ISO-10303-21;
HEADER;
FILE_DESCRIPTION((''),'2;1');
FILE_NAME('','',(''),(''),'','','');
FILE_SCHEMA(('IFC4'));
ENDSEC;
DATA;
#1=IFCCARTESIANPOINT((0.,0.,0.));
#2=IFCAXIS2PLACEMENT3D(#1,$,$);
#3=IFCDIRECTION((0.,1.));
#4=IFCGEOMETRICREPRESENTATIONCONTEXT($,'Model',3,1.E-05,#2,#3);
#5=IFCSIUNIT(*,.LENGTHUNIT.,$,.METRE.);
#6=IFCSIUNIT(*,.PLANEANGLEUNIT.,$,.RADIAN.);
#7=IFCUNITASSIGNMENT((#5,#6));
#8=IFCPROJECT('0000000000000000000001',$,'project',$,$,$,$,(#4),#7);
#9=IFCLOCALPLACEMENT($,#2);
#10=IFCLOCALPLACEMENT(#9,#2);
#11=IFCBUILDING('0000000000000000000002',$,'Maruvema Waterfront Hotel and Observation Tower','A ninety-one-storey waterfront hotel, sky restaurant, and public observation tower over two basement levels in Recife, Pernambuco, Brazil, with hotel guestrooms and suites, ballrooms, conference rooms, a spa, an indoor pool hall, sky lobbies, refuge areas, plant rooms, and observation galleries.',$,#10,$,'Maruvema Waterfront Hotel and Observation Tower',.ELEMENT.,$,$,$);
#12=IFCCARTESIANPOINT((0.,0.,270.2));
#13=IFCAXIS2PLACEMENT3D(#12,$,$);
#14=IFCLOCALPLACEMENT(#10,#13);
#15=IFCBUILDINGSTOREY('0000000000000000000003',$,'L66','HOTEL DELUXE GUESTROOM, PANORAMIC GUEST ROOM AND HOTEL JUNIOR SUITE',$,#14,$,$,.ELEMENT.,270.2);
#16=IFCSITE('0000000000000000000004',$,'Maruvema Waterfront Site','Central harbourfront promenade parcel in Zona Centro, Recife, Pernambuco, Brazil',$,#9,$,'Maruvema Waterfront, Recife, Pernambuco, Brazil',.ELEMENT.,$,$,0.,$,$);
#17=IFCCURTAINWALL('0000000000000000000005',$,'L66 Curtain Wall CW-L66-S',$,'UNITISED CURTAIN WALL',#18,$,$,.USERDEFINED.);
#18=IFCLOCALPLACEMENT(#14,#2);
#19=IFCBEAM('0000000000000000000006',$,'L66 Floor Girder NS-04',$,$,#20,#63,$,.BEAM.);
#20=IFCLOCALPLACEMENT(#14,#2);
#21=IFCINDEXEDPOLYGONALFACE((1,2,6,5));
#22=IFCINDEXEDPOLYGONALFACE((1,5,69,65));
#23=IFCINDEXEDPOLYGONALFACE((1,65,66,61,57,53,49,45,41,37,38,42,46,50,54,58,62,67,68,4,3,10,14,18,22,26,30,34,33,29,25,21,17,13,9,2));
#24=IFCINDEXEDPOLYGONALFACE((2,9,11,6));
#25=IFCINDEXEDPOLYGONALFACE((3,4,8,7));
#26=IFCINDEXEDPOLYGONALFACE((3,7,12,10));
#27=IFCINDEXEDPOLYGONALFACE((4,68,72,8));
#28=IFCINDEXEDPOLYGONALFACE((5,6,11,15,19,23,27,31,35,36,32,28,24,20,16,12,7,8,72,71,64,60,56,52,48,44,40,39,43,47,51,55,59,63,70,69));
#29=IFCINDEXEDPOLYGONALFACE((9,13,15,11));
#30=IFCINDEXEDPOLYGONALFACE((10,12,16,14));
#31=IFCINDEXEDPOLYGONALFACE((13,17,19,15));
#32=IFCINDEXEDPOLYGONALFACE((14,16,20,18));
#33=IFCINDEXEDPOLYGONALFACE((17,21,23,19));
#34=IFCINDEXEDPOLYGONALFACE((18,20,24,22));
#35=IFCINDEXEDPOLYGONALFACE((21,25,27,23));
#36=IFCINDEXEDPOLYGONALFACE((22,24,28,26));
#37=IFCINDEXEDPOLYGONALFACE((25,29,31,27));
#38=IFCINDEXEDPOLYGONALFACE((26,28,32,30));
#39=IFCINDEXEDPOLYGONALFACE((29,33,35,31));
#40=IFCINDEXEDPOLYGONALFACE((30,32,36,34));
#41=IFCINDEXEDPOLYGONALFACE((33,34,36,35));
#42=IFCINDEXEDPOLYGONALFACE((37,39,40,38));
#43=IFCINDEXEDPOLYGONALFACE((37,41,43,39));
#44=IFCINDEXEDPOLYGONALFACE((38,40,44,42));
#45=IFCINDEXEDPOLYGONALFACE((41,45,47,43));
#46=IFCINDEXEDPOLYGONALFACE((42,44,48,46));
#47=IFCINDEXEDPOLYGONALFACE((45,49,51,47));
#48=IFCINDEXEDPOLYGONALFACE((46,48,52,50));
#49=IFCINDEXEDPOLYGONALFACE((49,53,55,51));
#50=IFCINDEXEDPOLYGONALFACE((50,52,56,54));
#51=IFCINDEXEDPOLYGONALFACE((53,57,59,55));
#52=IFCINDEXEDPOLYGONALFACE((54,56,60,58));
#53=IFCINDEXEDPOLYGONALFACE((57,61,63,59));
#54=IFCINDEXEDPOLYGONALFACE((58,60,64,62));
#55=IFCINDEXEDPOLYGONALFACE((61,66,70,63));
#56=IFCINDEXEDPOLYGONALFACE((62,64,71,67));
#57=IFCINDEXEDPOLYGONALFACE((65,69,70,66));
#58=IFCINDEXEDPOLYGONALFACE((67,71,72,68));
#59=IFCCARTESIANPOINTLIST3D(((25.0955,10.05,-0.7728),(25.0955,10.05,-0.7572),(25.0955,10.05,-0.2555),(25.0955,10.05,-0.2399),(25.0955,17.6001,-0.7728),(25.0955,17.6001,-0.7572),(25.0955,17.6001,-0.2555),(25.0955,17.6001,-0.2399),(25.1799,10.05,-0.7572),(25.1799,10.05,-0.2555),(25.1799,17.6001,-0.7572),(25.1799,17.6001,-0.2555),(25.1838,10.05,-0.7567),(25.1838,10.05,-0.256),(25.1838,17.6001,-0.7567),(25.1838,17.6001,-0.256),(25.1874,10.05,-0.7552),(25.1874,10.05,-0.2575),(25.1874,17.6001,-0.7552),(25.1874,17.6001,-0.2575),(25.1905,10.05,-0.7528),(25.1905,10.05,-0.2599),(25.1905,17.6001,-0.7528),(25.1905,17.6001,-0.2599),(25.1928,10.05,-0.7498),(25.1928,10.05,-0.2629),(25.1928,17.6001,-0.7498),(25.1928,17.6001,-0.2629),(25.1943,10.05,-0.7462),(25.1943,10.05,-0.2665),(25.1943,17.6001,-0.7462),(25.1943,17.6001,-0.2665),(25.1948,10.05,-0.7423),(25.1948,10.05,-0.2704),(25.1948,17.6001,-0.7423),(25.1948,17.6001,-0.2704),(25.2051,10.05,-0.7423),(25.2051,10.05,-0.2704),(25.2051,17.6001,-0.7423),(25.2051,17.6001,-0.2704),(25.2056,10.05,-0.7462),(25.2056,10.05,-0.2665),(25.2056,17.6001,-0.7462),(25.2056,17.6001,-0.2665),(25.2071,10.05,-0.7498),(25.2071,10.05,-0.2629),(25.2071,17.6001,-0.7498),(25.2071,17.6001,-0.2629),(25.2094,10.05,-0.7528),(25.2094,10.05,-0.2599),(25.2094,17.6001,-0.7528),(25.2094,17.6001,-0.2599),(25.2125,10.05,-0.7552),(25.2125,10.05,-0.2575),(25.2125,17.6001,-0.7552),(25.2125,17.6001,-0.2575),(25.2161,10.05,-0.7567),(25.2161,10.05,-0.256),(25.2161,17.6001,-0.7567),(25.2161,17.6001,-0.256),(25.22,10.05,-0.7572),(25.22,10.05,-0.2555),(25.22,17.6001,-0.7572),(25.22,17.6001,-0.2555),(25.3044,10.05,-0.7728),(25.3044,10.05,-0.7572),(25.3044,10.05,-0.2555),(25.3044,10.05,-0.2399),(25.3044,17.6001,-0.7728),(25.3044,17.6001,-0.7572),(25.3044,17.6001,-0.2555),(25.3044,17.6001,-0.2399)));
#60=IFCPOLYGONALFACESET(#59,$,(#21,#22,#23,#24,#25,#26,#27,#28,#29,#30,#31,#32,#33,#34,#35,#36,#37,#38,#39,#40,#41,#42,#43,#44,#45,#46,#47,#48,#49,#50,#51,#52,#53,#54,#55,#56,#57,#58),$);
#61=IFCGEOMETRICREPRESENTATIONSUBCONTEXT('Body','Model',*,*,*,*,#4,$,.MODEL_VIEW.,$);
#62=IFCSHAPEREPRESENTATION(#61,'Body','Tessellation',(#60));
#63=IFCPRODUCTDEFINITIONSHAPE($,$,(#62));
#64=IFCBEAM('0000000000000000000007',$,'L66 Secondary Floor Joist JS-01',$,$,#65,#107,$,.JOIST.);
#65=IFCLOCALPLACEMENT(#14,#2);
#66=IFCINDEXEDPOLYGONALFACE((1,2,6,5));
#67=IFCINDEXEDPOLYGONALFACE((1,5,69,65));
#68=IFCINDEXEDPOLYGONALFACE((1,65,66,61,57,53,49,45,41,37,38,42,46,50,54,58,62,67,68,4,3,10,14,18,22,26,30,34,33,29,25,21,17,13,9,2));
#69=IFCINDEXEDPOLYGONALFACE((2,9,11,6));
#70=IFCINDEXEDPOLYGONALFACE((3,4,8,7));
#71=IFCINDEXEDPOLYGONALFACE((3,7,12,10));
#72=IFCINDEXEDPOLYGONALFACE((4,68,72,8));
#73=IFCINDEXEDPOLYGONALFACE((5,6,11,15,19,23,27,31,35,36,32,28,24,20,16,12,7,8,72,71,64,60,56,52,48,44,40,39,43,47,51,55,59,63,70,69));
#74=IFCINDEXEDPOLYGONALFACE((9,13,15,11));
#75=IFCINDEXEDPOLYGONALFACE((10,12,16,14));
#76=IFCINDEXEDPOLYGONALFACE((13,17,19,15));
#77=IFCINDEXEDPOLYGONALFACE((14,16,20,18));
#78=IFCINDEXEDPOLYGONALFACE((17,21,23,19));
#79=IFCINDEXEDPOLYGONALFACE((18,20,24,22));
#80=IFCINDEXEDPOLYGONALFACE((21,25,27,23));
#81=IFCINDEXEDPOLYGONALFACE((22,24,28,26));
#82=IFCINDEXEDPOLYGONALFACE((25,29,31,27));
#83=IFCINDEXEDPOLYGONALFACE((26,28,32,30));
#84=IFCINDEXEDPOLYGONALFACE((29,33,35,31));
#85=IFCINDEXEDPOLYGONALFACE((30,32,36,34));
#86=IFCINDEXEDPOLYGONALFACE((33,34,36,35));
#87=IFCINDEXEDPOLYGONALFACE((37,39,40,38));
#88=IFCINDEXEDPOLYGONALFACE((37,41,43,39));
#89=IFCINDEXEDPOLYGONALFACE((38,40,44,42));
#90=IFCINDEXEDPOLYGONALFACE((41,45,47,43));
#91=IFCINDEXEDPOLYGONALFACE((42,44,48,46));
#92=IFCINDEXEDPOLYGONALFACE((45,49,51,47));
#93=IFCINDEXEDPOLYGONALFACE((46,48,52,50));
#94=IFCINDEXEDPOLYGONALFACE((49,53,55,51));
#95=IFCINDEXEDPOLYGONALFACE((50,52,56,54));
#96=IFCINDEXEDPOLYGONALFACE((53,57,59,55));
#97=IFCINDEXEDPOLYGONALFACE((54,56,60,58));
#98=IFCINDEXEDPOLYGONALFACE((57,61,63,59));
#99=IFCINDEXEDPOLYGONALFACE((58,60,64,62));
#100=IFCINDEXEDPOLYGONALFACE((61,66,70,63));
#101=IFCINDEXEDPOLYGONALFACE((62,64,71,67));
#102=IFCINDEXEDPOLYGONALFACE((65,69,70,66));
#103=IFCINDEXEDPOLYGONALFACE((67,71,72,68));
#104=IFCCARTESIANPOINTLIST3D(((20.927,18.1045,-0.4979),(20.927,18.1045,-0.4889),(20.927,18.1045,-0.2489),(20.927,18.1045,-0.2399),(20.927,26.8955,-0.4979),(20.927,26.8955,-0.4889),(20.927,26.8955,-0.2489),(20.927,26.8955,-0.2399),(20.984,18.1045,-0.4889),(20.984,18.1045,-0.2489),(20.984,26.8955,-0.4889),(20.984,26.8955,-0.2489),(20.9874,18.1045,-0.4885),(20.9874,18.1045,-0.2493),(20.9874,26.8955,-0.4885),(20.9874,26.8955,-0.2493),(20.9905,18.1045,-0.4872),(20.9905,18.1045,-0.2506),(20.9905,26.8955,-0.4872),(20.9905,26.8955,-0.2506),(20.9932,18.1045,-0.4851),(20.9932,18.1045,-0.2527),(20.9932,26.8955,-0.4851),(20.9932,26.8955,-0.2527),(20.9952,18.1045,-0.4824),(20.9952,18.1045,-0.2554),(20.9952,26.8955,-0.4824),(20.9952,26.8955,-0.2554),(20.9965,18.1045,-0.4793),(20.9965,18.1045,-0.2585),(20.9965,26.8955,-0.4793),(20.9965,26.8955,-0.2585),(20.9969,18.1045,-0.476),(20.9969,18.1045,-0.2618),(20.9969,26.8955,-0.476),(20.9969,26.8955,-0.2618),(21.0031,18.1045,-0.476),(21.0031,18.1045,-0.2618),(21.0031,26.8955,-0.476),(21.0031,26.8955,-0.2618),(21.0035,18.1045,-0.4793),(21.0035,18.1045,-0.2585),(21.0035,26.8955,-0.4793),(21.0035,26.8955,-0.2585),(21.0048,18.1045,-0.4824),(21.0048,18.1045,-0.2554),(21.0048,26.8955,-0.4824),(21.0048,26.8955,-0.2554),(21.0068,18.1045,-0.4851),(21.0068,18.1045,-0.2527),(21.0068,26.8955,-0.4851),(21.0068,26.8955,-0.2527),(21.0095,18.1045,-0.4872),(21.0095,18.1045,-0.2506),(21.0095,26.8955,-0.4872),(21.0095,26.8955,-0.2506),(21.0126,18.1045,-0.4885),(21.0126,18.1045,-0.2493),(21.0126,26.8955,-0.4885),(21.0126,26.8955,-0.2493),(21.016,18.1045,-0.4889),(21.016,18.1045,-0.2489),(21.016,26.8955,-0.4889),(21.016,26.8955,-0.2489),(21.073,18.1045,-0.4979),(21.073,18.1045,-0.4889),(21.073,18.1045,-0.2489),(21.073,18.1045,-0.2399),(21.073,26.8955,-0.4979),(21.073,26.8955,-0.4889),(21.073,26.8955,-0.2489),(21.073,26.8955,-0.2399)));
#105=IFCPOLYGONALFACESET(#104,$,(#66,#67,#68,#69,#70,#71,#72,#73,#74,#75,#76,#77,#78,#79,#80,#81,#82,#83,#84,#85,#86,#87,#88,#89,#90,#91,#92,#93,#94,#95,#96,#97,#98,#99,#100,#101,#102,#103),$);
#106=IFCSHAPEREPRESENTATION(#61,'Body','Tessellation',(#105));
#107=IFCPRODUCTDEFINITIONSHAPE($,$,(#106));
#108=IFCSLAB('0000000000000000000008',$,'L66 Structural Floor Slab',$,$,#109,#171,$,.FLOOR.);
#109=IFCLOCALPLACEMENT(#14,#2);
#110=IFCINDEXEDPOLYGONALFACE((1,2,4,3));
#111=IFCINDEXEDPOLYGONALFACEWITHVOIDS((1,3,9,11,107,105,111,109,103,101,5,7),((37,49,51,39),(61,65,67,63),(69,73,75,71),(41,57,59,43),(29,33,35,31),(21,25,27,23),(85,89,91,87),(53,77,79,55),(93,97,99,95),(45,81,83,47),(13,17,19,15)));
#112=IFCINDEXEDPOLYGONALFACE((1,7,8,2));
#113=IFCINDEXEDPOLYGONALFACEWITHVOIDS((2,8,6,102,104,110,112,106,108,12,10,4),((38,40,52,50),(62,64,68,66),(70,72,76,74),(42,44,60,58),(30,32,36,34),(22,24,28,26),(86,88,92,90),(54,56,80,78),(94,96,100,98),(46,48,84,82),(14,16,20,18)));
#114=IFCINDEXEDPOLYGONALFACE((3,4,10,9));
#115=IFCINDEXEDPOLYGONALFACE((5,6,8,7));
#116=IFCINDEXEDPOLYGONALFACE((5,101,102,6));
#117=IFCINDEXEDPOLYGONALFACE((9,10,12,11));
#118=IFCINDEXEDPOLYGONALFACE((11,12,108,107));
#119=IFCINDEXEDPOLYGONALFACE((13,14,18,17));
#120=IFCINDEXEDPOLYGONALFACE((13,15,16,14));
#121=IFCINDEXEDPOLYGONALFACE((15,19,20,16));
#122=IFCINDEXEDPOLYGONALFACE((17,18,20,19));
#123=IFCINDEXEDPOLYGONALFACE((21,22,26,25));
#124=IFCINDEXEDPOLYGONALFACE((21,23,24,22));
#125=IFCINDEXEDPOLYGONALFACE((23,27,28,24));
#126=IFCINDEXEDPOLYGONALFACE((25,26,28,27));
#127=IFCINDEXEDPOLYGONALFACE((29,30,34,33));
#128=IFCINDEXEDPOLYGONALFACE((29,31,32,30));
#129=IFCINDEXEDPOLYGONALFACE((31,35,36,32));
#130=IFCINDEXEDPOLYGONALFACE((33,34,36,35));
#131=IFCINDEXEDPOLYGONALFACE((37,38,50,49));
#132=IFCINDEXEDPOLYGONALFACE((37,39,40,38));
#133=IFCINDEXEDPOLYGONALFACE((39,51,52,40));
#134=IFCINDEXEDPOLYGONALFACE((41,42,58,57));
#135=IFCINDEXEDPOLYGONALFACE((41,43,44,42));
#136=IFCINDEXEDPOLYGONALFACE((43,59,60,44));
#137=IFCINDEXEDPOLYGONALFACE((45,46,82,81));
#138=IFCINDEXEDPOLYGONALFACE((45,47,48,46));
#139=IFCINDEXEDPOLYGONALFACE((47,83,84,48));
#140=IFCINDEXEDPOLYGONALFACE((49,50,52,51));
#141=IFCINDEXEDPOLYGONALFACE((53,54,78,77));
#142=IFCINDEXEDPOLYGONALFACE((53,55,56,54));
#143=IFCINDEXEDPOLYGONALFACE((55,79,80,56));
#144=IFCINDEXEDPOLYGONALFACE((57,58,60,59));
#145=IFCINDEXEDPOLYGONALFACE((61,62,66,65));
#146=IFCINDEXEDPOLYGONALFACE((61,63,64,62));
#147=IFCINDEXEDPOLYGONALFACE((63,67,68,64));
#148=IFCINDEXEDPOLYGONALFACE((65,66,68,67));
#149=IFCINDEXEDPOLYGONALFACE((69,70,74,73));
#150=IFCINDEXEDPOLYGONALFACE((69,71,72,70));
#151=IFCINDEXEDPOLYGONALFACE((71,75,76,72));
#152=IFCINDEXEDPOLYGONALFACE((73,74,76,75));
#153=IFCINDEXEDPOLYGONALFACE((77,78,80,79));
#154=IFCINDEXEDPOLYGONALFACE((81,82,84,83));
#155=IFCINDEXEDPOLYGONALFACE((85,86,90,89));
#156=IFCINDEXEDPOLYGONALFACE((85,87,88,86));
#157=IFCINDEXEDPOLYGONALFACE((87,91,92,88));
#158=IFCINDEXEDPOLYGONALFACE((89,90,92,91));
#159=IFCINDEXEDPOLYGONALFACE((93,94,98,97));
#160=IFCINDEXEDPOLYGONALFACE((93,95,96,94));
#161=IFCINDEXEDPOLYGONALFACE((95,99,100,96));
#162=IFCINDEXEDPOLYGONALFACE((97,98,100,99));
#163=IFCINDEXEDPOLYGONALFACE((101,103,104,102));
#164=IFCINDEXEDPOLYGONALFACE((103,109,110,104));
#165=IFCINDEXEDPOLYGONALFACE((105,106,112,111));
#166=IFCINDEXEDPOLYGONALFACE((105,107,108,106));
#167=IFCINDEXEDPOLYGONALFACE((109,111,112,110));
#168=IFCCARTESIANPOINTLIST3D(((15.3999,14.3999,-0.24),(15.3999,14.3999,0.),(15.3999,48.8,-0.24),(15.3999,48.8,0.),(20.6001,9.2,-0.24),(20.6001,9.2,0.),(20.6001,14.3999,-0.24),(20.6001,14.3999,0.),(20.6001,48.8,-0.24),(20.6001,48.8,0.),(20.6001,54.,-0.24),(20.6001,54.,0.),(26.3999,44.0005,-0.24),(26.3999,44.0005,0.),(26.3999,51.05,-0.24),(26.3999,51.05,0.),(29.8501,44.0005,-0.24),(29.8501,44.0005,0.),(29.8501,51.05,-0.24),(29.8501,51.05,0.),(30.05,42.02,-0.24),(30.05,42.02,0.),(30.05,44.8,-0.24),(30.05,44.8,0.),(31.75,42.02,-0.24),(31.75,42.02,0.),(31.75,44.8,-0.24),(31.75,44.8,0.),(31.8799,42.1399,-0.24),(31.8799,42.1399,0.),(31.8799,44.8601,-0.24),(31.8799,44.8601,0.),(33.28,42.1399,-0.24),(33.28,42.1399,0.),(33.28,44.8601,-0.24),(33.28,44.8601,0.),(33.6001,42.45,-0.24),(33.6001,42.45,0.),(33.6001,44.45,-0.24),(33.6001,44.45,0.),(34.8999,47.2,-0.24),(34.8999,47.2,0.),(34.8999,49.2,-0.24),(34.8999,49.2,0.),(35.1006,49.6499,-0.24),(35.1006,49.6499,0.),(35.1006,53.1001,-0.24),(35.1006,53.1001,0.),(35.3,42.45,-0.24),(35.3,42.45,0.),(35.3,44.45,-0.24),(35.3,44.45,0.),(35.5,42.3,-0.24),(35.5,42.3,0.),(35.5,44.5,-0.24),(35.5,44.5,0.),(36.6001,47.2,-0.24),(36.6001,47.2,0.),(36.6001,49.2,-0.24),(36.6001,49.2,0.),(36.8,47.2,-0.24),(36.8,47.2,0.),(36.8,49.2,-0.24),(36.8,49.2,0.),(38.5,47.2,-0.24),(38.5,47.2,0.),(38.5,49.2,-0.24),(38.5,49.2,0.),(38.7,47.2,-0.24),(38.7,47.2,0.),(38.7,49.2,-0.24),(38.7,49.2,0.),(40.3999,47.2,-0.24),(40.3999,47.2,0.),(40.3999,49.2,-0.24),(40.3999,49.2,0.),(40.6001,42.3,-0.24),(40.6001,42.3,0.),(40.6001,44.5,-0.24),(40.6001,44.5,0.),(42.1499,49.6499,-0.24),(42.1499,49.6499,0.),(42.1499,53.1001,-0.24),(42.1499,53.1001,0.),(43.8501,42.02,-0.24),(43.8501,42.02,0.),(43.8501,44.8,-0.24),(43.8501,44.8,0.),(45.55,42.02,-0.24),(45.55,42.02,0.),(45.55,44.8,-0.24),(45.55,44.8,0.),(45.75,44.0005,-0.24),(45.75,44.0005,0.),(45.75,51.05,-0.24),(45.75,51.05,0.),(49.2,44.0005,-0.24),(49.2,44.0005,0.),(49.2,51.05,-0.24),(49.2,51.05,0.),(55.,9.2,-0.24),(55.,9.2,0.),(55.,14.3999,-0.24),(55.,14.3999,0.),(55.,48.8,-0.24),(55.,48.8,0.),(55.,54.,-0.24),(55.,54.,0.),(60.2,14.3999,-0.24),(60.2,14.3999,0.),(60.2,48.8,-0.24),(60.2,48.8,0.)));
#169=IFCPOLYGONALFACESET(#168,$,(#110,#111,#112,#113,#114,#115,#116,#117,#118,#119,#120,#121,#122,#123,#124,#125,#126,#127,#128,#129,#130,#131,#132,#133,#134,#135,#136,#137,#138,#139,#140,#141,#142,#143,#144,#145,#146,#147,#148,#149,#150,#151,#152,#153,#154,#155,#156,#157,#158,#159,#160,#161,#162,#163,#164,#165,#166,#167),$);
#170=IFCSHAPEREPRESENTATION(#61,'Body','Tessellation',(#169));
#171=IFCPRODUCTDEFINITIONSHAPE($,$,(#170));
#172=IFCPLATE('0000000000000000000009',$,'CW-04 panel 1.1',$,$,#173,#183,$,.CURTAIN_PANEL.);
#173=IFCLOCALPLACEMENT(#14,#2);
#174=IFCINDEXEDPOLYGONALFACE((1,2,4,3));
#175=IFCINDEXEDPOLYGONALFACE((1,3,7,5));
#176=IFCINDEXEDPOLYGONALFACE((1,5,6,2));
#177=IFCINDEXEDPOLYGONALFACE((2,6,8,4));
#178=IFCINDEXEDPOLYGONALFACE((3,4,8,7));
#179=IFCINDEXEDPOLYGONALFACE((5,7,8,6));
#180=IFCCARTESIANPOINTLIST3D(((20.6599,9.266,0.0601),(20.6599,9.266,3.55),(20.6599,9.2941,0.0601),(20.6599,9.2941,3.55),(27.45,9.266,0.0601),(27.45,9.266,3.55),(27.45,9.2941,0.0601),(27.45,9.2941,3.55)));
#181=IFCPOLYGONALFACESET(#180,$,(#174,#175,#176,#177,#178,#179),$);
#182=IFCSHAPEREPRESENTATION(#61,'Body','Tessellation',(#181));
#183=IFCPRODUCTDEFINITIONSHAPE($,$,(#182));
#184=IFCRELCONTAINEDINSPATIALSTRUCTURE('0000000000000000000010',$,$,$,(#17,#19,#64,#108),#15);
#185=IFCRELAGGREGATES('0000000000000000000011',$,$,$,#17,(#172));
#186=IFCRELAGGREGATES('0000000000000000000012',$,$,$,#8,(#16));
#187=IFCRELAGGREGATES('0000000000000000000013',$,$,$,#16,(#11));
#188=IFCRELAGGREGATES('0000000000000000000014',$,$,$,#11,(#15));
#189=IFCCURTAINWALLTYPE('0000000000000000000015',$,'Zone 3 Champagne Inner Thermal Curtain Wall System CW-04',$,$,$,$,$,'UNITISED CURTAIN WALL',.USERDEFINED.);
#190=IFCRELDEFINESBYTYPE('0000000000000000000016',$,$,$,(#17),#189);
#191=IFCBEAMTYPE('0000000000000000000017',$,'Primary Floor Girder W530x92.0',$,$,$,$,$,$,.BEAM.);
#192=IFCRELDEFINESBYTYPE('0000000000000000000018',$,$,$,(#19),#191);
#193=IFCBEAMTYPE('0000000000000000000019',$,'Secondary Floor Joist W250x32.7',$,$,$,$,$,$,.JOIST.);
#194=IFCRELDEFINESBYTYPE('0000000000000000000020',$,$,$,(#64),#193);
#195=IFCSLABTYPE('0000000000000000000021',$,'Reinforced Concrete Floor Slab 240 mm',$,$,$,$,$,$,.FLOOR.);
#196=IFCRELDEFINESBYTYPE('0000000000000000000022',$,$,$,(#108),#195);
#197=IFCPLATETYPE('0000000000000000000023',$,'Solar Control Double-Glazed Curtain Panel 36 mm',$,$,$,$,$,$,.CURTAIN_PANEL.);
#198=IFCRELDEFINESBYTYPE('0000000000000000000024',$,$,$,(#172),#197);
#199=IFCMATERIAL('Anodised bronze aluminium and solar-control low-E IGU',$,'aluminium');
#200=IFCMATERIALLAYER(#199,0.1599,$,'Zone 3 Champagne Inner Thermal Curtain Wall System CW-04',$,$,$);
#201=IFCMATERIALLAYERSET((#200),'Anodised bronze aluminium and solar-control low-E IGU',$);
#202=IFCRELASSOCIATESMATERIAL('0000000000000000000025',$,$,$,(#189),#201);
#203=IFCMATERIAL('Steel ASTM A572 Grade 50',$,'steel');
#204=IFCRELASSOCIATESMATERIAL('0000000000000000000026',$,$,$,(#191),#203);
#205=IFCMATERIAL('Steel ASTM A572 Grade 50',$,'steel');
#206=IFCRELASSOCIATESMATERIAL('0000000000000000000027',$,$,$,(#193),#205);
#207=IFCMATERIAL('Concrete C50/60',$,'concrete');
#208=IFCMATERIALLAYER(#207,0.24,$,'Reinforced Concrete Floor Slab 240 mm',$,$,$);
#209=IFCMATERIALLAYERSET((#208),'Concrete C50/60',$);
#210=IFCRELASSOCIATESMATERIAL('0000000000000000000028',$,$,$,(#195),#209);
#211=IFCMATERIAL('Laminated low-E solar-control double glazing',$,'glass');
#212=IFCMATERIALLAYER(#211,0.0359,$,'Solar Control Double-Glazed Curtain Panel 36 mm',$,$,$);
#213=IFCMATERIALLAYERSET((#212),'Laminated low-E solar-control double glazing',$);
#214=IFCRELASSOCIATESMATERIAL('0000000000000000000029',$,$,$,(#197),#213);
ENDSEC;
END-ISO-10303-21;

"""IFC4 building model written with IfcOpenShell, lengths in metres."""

from ifc_helpers import new_model, si_unit, direction, frame, origin, origin_2d, place, context, subcontext, project, spatial, polyline, rectangle, i_section, outline, extrude, material, layer, layer_set, material_profile, profile_set, type_object, element, aggregate, save


model = new_model("IFC4")

# Units and contexts
model_context = context("Model", 3, precision=1e-05, world=origin(), true_north=direction((0.0, 1.0)))
body_context = subcontext(model_context, "Body", "Model", "MODEL_VIEW")
ifc_project = project(units=[si_unit("LENGTHUNIT", "METRE"), si_unit("PLANEANGLEUNIT", "RADIAN")], contexts=[model_context])

# Site, building, storey
site_placement = place(None, origin())
site = spatial("IfcSite", under=ifc_project, at=site_placement, Name="Maruvema Waterfront Site", Description="Central harbourfront promenade parcel in Zona Centro, Recife, Pernambuco, Brazil", LongName="Maruvema Waterfront, Recife, Pernambuco, Brazil", CompositionType="ELEMENT", RefElevation=0.0)
building_placement = place(site_placement, origin())
building = spatial("IfcBuilding", under=site, at=building_placement, Name="Maruvema Waterfront Hotel and Observation Tower", Description="A ninety-one-storey waterfront hotel, sky restaurant, and public observation tower over two basement levels in Recife, Pernambuco, Brazil, with hotel guestrooms and suites, ballrooms, conference rooms, a spa, an indoor pool hall, sky lobbies, refuge areas, plant rooms, and observation galleries.", LongName="Maruvema Waterfront Hotel and Observation Tower", CompositionType="ELEMENT")
storey_placement = place(building_placement, frame((0.0, 0.0, 270.2)))
storey = spatial("IfcBuildingStorey", under=building, at=storey_placement, Name="L66", Description="HOTEL DELUXE GUESTROOM, PANORAMIC GUEST ROOM AND HOTEL JUNIOR SUITE", CompositionType="ELEMENT", Elevation=270.2)

# Curtain wall
ifc_material_1 = material(Name="Anodised bronze aluminium and solar-control low-E IGU", Category="aluminium")
ifc_layer_1 = layer(ifc_material_1, 0.1599, Name="Zone 3 Champagne Inner Thermal Curtain Wall System CW-04")
ifc_layer_set_1 = layer_set([ifc_layer_1], Name="Anodised bronze aluminium and solar-control low-E IGU")
curtain_wall_type = type_object("IfcCurtainWallType", Name="Zone 3 Champagne Inner Thermal Curtain Wall System CW-04", ElementType="UNITISED CURTAIN WALL", PredefinedType="USERDEFINED", material=ifc_layer_set_1)
curtain_wall_1_placement = place(storey_placement, origin())
curtain_wall_1 = element("IfcCurtainWall", 1, at=curtain_wall_1_placement, inside=storey, type_object=curtain_wall_type, Name="L66 Curtain Wall CW-L66-S", ObjectType="UNITISED CURTAIN WALL", PredefinedType="USERDEFINED")

# Beams
ifc_material_2 = material(Name="Steel ASTM A572 Grade 50", Category="steel")
ifc_material_profile_1 = material_profile(ifc_material_2, i_section(OverallWidth=0.209, OverallDepth=0.533, WebThickness=0.0103, FlangeThickness=0.0156, FilletRadius=0.0149, at=origin_2d()), Name="W530x92.0")
ifc_profile_set_1 = profile_set([ifc_material_profile_1], Name="Steel ASTM A572 Grade 50")
beam_type_1 = type_object("IfcBeamType", Name="Primary Floor Girder W530x92.0", PredefinedType="BEAM", material=ifc_profile_set_1)
beam_1_placement = place(storey_placement, frame((25.2, 10.05, -0.5063), z_axis=(0.0, 1.0, 0.0), x_axis=(-1.0, 0.0, 0.0)))
element("IfcBeam", 2, at=beam_1_placement, inside=storey, type_object=beam_type_1, Name="L66 Floor Girder NS-04", PredefinedType="BEAM", context=body_context, shape_type="SweptSolid", body=[
    extrude(i_section(OverallWidth=0.209, OverallDepth=0.533, WebThickness=0.0103, FlangeThickness=0.0156, FilletRadius=0.0149, at=origin_2d()), origin(), (0.0, 0.0, 1.0), 7.55),
])
ifc_material_3 = material(Name="Steel ASTM A572 Grade 50", Category="steel")
ifc_material_profile_2 = material_profile(ifc_material_3, i_section(OverallWidth=0.146, OverallDepth=0.2581, WebThickness=0.0061, FlangeThickness=0.009, FilletRadius=0.0129, at=origin_2d()), Name="W250x32.7")
ifc_profile_set_2 = profile_set([ifc_material_profile_2], Name="Steel ASTM A572 Grade 50")
beam_type_2 = type_object("IfcBeamType", Name="Secondary Floor Joist W250x32.7", PredefinedType="JOIST", material=ifc_profile_set_2)
beam_2_placement = place(storey_placement, frame((21.0, 18.1045, -0.3689), z_axis=(0.0, 1.0, 0.0), x_axis=(-1.0, 0.0, 0.0)))
element("IfcBeam", 3, at=beam_2_placement, inside=storey, type_object=beam_type_2, Name="L66 Secondary Floor Joist JS-01", PredefinedType="JOIST", context=body_context, shape_type="SweptSolid", body=[
    extrude(i_section(OverallWidth=0.146, OverallDepth=0.2581, WebThickness=0.0061, FlangeThickness=0.009, FilletRadius=0.0129, at=origin_2d()), origin(), (0.0, 0.0, 1.0), 8.791),
])

# Slab
ifc_material_4 = material(Name="Concrete C50/60", Category="concrete")
ifc_layer_2 = layer(ifc_material_4, 0.24, Name="Reinforced Concrete Floor Slab 240 mm")
ifc_layer_set_2 = layer_set([ifc_layer_2], Name="Concrete C50/60")
slab_type_1 = type_object("IfcSlabType", Name="Reinforced Concrete Floor Slab 240 mm", PredefinedType="FLOOR", material=ifc_layer_set_2)
slab_1_placement = place(storey_placement, frame((0.0, 0.0, -0.24)))
element("IfcSlab", 4, at=slab_1_placement, inside=storey, type_object=slab_type_1, Name="L66 Structural Floor Slab", PredefinedType="FLOOR", context=body_context, shape_type="SweptSolid", body=[
    extrude(outline(polyline([(20.6001, 9.2), (55.0, 9.2), (55.0, 14.3999), (60.2, 14.3999), (60.2, 48.8), (55.0, 48.8), (55.0, 54.0), (20.6001, 54.0), (20.6001, 48.8), (15.3999, 48.8), (15.3999, 14.3999), (20.6001, 14.3999), (20.6001, 9.2)]), holes=[polyline([(26.3999, 44.0005), (26.3999, 51.05), (29.8501, 51.05), (29.8501, 44.0005), (26.3999, 44.0005)]), polyline([(30.05, 44.8), (31.75, 44.8), (31.75, 42.02), (30.05, 42.02), (30.05, 44.8)]), polyline([(31.8799, 42.1399), (31.8799, 44.8601), (33.28, 44.8601), (33.28, 42.1399), (31.8799, 42.1399)]), polyline([(33.6001, 44.45), (35.3, 44.45), (35.3, 42.45), (33.6001, 42.45), (33.6001, 44.45)]), polyline([(34.8999, 49.2), (36.6001, 49.2), (36.6001, 47.2), (34.8999, 47.2), (34.8999, 49.2)]), polyline([(36.8, 47.2), (36.8, 49.2), (38.5, 49.2), (38.5, 47.2), (36.8, 47.2)]), polyline([(35.5, 42.3), (35.5, 44.5), (40.6001, 44.5), (40.6001, 42.3), (35.5, 42.3)]), polyline([(35.1006, 53.1001), (42.1499, 53.1001), (42.1499, 49.6499), (35.1006, 49.6499), (35.1006, 53.1001)]), polyline([(38.7, 49.2), (40.3999, 49.2), (40.3999, 47.2), (38.7, 47.2), (38.7, 49.2)]), polyline([(43.8501, 44.8), (45.55, 44.8), (45.55, 42.02), (43.8501, 42.02), (43.8501, 44.8)]), polyline([(45.75, 44.0005), (45.75, 51.05), (49.2, 51.05), (49.2, 44.0005), (45.75, 44.0005)])]), origin(), (0.0, 0.0, 1.0), 0.24),
])

# Plate
ifc_material_5 = material(Name="Laminated low-E solar-control double glazing", Category="glass")
ifc_layer_3 = layer(ifc_material_5, 0.0359, Name="Solar Control Double-Glazed Curtain Panel 36 mm")
ifc_layer_set_3 = layer_set([ifc_layer_3], Name="Laminated low-E solar-control double glazing")
plate_type = type_object("IfcPlateType", Name="Solar Control Double-Glazed Curtain Panel 36 mm", PredefinedType="CURTAIN_PANEL", material=ifc_layer_set_3)
plate_1_placement = place(storey_placement, frame((24.0549, 9.28, 0.0601), z_axis=(0.0, 0.0, 1.0), x_axis=(1.0, 0.0, 0.0)))
plate_1 = element("IfcPlate", 5, at=plate_1_placement, type_object=plate_type, Name="CW-04 panel 1.1", PredefinedType="CURTAIN_PANEL", context=body_context, shape_type="SweptSolid", body=[
    extrude(rectangle(XDim=6.79, YDim=0.0281, at=origin_2d()), origin(), (0.0, 0.0, 1.0), 3.49),
])
aggregate(curtain_wall_1, [plate_1])

save(model, "model.ifc")
